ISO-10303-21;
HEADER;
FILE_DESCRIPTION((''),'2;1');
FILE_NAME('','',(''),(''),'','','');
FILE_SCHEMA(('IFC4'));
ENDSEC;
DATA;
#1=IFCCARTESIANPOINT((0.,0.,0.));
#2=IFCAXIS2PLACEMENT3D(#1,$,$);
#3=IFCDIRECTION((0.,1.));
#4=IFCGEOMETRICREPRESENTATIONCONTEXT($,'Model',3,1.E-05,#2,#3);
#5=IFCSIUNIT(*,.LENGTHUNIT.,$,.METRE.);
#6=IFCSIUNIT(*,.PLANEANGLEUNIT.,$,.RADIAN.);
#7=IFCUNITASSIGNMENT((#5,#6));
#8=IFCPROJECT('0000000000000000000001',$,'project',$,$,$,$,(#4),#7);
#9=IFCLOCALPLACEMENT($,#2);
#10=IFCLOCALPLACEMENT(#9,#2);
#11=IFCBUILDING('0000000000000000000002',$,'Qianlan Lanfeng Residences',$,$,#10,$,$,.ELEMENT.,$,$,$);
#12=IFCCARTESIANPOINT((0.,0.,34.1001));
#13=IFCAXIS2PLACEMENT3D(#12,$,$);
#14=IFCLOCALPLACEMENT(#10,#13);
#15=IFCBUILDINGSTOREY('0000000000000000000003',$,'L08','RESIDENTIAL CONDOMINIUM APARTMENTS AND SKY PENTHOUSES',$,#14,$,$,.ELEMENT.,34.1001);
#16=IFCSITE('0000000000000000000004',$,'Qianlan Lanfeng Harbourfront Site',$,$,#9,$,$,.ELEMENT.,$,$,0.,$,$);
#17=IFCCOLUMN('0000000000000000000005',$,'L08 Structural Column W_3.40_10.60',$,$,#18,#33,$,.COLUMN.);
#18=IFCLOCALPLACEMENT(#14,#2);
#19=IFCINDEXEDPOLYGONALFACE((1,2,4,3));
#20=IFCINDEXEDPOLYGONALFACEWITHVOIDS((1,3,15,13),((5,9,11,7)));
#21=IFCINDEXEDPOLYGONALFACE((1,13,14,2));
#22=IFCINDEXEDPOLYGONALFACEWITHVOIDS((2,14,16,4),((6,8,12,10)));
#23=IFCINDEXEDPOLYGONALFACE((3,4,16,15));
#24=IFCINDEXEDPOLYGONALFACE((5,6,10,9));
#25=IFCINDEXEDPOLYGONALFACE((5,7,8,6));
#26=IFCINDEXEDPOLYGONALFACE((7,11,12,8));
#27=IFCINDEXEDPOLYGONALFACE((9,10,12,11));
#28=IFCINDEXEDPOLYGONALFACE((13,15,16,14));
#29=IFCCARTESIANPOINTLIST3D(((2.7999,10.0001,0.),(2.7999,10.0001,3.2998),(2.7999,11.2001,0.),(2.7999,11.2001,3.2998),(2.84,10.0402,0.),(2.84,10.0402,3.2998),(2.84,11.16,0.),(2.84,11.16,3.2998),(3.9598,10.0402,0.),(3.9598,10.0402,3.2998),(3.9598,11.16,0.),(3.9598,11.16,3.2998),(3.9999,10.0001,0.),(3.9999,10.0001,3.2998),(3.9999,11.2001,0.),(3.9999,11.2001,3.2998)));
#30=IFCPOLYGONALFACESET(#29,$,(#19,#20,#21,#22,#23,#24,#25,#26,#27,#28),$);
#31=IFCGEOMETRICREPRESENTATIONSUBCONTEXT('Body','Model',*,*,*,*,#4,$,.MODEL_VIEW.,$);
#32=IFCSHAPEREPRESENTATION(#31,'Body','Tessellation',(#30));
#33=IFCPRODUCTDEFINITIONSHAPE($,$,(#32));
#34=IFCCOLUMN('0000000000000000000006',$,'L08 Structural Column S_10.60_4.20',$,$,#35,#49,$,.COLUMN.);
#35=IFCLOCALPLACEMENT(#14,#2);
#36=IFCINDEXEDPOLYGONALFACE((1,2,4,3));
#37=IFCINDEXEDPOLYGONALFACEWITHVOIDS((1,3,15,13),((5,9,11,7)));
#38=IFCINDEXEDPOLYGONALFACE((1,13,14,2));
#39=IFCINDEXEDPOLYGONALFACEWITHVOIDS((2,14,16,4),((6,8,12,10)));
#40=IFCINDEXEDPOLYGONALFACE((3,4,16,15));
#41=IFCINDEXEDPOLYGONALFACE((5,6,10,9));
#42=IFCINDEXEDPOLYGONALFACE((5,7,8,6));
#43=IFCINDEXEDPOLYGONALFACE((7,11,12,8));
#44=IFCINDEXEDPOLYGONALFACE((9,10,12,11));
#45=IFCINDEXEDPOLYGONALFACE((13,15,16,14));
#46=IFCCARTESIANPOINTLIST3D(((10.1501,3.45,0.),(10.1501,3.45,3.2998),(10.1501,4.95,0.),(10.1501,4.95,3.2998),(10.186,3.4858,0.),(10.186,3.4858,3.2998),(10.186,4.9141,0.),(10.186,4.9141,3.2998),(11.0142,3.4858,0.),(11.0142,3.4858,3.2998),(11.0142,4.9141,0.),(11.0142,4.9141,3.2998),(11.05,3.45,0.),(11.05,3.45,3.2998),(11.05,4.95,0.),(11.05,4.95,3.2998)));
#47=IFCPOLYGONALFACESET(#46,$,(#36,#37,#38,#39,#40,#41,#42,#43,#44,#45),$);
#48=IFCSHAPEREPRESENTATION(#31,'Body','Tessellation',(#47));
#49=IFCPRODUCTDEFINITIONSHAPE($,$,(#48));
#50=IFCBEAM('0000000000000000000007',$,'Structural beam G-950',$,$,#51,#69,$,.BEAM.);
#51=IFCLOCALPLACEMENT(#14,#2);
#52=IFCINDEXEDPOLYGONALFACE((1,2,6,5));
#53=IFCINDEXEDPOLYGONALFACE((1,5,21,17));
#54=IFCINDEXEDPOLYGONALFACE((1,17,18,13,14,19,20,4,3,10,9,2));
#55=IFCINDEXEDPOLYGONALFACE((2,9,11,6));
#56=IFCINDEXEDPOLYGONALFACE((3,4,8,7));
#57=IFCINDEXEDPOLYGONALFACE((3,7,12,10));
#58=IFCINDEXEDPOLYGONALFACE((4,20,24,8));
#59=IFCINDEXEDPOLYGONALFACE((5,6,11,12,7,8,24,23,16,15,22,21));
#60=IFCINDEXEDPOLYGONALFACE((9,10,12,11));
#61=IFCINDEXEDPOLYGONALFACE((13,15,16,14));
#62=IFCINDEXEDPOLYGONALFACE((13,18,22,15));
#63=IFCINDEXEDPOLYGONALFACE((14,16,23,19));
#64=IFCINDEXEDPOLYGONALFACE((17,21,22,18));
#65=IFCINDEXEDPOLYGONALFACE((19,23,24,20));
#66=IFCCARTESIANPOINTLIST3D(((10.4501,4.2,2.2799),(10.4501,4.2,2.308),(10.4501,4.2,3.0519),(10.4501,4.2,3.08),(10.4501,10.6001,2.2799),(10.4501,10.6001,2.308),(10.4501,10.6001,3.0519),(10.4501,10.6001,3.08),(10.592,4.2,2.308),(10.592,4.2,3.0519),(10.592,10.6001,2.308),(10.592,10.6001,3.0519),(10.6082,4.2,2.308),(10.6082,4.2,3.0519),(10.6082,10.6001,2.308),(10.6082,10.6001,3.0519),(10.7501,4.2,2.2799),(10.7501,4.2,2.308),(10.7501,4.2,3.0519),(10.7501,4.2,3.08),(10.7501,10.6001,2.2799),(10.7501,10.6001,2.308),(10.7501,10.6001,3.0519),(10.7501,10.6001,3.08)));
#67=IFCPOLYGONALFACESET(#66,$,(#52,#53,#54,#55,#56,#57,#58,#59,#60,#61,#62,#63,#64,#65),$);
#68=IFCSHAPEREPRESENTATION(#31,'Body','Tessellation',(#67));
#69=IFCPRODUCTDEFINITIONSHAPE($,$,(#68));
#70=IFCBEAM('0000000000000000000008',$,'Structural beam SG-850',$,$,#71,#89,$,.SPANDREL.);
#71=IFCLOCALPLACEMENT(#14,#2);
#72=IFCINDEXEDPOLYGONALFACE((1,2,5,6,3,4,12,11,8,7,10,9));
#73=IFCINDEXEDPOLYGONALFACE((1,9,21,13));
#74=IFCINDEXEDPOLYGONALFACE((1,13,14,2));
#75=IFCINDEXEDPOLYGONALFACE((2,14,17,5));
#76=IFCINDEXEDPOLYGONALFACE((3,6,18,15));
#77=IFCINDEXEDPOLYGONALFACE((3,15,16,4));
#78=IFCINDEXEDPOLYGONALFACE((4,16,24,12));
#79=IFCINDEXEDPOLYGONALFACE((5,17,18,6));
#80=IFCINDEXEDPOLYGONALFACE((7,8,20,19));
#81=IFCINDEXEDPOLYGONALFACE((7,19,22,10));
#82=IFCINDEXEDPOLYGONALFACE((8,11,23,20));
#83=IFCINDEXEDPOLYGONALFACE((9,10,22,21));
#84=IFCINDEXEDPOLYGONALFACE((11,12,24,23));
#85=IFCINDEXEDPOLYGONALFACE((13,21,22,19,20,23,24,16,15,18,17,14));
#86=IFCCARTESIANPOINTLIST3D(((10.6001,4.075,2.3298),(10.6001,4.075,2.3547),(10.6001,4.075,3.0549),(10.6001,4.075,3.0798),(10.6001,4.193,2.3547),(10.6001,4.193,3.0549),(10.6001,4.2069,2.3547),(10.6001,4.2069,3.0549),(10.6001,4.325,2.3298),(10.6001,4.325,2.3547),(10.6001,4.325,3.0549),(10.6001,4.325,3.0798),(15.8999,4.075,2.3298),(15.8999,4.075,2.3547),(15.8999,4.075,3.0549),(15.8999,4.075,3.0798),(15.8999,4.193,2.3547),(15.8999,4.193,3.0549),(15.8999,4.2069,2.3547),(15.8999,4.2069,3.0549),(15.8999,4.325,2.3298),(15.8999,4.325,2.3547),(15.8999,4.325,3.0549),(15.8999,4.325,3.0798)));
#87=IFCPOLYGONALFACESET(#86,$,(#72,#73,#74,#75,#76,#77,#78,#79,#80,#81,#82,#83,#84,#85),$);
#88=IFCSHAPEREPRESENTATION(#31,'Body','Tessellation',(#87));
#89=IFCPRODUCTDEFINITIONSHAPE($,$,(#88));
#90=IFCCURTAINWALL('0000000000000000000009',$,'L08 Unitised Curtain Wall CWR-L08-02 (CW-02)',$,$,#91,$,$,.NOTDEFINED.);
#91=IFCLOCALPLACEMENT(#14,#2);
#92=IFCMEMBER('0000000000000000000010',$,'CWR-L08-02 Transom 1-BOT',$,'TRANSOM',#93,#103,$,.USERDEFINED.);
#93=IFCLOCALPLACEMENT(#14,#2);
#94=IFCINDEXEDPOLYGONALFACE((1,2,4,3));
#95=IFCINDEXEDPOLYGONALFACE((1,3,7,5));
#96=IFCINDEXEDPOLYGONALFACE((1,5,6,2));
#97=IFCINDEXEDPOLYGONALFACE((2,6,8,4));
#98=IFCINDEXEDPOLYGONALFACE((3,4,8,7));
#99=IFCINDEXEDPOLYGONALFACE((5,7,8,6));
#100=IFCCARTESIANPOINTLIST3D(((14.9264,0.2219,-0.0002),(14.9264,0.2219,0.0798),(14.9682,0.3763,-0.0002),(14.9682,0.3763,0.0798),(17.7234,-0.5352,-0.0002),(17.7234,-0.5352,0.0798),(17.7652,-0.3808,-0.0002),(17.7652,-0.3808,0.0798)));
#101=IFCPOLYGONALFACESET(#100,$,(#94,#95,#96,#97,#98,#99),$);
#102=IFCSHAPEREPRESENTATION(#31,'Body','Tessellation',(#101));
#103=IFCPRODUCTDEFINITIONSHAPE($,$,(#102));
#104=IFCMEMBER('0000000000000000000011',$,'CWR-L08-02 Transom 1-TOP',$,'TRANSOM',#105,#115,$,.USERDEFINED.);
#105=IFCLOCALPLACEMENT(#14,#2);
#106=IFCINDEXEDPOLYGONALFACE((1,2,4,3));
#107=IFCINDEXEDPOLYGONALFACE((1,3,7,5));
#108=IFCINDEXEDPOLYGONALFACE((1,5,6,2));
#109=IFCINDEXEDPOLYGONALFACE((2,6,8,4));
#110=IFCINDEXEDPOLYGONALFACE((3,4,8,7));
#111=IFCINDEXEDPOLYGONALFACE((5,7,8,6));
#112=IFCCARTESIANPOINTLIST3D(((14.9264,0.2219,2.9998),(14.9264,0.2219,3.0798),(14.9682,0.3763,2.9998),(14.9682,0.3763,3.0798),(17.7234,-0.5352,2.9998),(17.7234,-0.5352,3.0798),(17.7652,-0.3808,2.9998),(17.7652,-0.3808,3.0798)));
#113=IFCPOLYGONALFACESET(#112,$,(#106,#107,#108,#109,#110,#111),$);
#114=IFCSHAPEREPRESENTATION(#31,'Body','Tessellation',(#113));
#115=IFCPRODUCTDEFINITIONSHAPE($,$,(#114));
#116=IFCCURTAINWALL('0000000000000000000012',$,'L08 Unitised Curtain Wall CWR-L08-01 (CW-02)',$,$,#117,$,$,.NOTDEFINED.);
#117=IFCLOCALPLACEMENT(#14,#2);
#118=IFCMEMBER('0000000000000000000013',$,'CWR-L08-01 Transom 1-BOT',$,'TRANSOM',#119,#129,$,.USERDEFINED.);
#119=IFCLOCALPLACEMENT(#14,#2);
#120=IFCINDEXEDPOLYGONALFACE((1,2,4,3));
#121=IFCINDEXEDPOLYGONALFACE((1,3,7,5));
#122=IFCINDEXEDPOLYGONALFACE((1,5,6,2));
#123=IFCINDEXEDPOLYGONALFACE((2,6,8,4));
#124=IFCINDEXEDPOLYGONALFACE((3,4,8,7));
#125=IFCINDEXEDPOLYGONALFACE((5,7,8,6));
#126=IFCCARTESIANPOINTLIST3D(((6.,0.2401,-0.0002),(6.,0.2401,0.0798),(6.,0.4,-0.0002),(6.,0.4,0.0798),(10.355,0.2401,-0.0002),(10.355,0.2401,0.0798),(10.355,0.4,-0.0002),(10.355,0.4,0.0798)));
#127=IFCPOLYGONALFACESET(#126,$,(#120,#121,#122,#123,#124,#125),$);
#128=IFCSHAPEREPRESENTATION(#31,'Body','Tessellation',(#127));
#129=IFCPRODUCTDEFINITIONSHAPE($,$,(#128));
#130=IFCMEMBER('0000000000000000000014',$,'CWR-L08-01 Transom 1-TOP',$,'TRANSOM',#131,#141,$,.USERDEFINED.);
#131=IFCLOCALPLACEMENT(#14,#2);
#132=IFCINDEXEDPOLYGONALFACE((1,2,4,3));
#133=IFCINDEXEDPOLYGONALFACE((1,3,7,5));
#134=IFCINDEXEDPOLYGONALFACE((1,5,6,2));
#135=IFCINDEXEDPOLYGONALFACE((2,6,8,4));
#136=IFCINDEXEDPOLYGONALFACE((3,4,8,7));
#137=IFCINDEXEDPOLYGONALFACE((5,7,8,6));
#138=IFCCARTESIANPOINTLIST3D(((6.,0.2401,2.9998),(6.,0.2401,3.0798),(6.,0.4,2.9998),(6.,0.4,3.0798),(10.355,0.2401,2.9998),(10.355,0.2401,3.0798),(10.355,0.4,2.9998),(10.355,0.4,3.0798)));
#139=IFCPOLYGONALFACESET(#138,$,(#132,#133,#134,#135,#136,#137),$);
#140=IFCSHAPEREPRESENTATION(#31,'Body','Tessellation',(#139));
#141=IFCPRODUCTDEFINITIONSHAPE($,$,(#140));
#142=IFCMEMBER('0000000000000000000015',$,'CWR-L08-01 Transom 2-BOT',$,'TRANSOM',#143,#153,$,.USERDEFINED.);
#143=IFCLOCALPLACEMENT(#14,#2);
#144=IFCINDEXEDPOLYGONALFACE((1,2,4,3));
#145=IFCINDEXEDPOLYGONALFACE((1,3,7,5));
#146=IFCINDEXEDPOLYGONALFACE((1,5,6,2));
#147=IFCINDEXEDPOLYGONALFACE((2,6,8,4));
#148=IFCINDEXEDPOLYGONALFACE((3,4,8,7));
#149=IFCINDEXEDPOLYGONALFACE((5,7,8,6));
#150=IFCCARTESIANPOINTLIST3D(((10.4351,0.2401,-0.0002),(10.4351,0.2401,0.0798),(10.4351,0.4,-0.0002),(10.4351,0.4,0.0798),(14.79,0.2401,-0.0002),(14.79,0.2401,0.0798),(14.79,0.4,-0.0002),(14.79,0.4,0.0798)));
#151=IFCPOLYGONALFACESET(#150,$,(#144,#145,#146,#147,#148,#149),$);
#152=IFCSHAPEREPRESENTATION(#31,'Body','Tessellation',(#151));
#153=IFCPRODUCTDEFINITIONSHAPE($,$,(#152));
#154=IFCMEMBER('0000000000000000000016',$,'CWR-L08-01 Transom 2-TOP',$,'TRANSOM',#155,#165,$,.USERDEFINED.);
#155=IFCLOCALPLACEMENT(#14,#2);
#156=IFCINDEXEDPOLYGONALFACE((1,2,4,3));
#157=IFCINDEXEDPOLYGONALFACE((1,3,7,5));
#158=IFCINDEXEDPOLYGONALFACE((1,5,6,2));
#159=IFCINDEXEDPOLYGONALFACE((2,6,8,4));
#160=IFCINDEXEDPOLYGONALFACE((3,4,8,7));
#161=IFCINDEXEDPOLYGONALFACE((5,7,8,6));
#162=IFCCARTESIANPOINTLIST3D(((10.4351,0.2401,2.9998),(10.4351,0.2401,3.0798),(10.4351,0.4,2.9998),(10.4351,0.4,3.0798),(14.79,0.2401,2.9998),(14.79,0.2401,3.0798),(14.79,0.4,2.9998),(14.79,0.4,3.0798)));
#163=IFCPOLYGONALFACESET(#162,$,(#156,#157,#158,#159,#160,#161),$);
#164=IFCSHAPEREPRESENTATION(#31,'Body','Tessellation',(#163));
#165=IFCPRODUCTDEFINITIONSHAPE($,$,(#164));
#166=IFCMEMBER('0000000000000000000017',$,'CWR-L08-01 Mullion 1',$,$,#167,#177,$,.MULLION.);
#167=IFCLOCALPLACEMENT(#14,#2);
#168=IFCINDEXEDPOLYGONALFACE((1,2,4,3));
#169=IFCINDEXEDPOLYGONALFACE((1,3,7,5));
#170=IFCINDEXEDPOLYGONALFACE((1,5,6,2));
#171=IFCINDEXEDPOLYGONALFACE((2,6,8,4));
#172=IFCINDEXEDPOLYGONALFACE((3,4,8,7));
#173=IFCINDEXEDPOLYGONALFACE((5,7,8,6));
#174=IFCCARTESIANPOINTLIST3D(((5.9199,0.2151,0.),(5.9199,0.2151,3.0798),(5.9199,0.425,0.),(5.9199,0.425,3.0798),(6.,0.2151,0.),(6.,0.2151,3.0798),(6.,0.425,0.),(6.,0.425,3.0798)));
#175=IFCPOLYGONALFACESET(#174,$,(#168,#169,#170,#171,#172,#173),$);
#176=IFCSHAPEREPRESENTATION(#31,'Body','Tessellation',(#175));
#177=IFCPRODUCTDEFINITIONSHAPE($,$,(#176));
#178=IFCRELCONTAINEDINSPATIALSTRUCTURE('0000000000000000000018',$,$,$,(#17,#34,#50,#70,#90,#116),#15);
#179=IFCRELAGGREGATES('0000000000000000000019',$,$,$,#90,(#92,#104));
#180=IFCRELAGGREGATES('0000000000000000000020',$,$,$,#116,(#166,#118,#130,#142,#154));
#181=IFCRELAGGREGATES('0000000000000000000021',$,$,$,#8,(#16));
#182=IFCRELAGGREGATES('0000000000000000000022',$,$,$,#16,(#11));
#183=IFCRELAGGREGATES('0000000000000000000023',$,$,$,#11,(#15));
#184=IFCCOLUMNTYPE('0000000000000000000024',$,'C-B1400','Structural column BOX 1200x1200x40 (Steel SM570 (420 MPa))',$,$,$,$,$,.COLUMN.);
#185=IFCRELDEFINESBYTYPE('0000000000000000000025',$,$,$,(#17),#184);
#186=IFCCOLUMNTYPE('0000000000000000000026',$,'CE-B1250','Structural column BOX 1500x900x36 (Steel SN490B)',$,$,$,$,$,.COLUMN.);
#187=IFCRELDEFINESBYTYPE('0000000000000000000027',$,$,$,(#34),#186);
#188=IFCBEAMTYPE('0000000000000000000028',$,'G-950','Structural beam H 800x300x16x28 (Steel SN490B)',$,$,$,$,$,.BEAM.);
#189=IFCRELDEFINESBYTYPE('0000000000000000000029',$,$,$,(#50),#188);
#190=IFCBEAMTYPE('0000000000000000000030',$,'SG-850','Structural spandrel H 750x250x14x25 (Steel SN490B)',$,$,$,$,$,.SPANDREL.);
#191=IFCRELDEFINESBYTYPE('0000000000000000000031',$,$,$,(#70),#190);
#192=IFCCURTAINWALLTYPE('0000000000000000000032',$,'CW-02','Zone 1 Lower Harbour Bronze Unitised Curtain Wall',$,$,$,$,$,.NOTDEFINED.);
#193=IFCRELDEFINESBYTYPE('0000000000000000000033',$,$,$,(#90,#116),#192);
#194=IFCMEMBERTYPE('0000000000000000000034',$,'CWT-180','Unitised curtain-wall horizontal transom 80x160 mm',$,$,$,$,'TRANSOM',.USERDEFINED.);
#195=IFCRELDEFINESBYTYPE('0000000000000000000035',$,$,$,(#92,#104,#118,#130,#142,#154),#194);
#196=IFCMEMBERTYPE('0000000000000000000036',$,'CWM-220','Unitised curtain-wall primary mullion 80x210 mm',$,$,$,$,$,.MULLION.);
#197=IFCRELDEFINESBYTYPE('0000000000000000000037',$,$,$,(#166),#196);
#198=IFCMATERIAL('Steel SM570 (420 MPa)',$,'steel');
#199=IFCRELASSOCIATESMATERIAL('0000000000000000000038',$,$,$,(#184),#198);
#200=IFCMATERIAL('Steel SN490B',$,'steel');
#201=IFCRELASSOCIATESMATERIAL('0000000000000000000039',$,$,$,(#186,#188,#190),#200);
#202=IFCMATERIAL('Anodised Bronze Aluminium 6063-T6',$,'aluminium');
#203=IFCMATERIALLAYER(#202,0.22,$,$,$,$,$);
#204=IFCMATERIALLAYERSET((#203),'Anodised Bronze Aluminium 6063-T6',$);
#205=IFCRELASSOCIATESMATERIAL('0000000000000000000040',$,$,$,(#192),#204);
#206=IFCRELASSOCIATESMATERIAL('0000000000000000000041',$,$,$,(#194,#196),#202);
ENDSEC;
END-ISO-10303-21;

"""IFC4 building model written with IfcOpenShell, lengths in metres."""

from ifc_helpers import new_model, si_unit, direction, frame, origin, origin_2d, place, context, subcontext, project, spatial, rectangle, hollow_rectangle, i_section, extrude, source, transform, mapped, material, layer, layer_set, material_profile, profile_set, type_object, element, aggregate, save


model = new_model("IFC4")

# Units and contexts
model_context = context("Model", 3, precision=1e-05, world=origin(), true_north=direction((0.0, 1.0)))
body_context = subcontext(model_context, "Body", "Model", "MODEL_VIEW")
ifc_project = project(units=[si_unit("LENGTHUNIT", "METRE"), si_unit("PLANEANGLEUNIT", "RADIAN")], contexts=[model_context])

# Site, building, storey
site_placement = place(None, origin())
site = spatial("IfcSite", under=ifc_project, at=site_placement, Name="Qianlan Lanfeng Harbourfront Site", CompositionType="ELEMENT", RefElevation=0.0)
building_placement = place(site_placement, origin())
building = spatial("IfcBuilding", under=site, at=building_placement, Name="Qianlan Lanfeng Residences", CompositionType="ELEMENT")
storey_placement = place(building_placement, frame((0.0, 0.0, 34.1001)))
storey = spatial("IfcBuildingStorey", under=building, at=storey_placement, Name="L08", Description="RESIDENTIAL CONDOMINIUM APARTMENTS AND SKY PENTHOUSES", CompositionType="ELEMENT", Elevation=34.1001)

# Columns
ifc_material_1 = material(Name="Steel SM570 (420 MPa)", Category="steel")
ifc_material_profile_1 = material_profile(ifc_material_1, hollow_rectangle(XDim=1.2, YDim=1.2, WallThickness=0.04, at=origin_2d()), Name="BOX 1200x1200x40")
ifc_profile_set_1 = profile_set([ifc_material_profile_1], Name="Steel SM570 (420 MPa)")
column_type_1 = type_object("IfcColumnType", Name="C-B1400", Description="Structural column BOX 1200x1200x40 (Steel SM570 (420 MPa))", PredefinedType="COLUMN", material=ifc_profile_set_1)
column_1_placement = place(storey_placement, frame((3.3999, 10.6001, 0.0), z_axis=(0.0, 0.0, 1.0), x_axis=(1.0, 0.0, 0.0)))
element("IfcColumn", 1, at=column_1_placement, inside=storey, type_object=column_type_1, Name="L08 Structural Column W_3.40_10.60", PredefinedType="COLUMN", context=body_context, shape_type="SweptSolid", body=[
    extrude(hollow_rectangle(XDim=1.2, YDim=1.2, WallThickness=0.04, at=origin_2d()), origin(), (0.0, 0.0, 1.0), 3.2998),
])
ifc_material_2 = material(Name="Steel SN490B", Category="steel")
ifc_material_profile_2 = material_profile(ifc_material_2, hollow_rectangle(XDim=0.8999, YDim=1.5, WallThickness=0.0359, at=origin_2d()), Name="BOX 1500x900x36")
ifc_profile_set_2 = profile_set([ifc_material_profile_2], Name="Steel SN490B")
column_type_2 = type_object("IfcColumnType", Name="CE-B1250", Description="Structural column BOX 1500x900x36 (Steel SN490B)", PredefinedType="COLUMN", material=ifc_profile_set_2)
column_2_placement = place(storey_placement, frame((10.6001, 4.2, 0.0), z_axis=(0.0, 0.0, 1.0), x_axis=(1.0, 0.0, 0.0)))
element("IfcColumn", 2, at=column_2_placement, inside=storey, type_object=column_type_2, Name="L08 Structural Column S_10.60_4.20", PredefinedType="COLUMN", context=body_context, shape_type="SweptSolid", body=[
    extrude(hollow_rectangle(XDim=0.8999, YDim=1.5, WallThickness=0.0359, at=origin_2d()), origin(), (0.0, 0.0, 1.0), 3.2998),
])

# Beams
ifc_material_profile_3 = material_profile(ifc_material_2, i_section(OverallWidth=0.3, OverallDepth=0.8, WebThickness=0.0161, FlangeThickness=0.0281, at=origin_2d()), Name="H 800x300x16x28")
ifc_profile_set_3 = profile_set([ifc_material_profile_3], Name="Steel SN490B")
beam_type_1 = type_object("IfcBeamType", Name="G-950", Description="Structural beam H 800x300x16x28 (Steel SN490B)", PredefinedType="BEAM", material=ifc_profile_set_3)
beam_1_placement = place(storey_placement, frame((10.6001, 4.2, 2.6799), z_axis=(0.0, 1.0, 0.0), x_axis=(-1.0, 0.0, 0.0)))
element("IfcBeam", 3, at=beam_1_placement, inside=storey, type_object=beam_type_1, Name="Structural beam G-950", PredefinedType="BEAM", context=body_context, shape_type="SweptSolid", body=[
    extrude(i_section(OverallWidth=0.3, OverallDepth=0.8, WebThickness=0.0161, FlangeThickness=0.0281, at=origin_2d()), origin(), (0.0, 0.0, 1.0), 6.4001),
])
ifc_material_profile_4 = material_profile(ifc_material_2, i_section(OverallWidth=0.25, OverallDepth=0.75, WebThickness=0.0139, FlangeThickness=0.0249, at=origin_2d()), Name="H 750x250x14x25")
ifc_profile_set_4 = profile_set([ifc_material_profile_4], Name="Steel SN490B")
beam_type_2 = type_object("IfcBeamType", Name="SG-850", Description="Structural spandrel H 750x250x14x25 (Steel SN490B)", PredefinedType="SPANDREL", material=ifc_profile_set_4)
beam_2_placement = place(storey_placement, frame((10.6001, 4.2, 2.7048), z_axis=(1.0, 0.0, 0.0), x_axis=(0.0, 1.0, 0.0)))
element("IfcBeam", 4, at=beam_2_placement, inside=storey, type_object=beam_type_2, Name="Structural beam SG-850", PredefinedType="SPANDREL", context=body_context, shape_type="SweptSolid", body=[
    extrude(i_section(OverallWidth=0.25, OverallDepth=0.75, WebThickness=0.0139, FlangeThickness=0.0249, at=origin_2d()), origin(), (0.0, 0.0, 1.0), 5.2998),
])

# Curtain walls, members
ifc_material_3 = material(Name="Anodised Bronze Aluminium 6063-T6", Category="aluminium")
ifc_layer_1 = layer(ifc_material_3, 0.22)
ifc_layer_set_1 = layer_set([ifc_layer_1], Name="Anodised Bronze Aluminium 6063-T6")
curtain_wall_type = type_object("IfcCurtainWallType", Name="CW-02", Description="Zone 1 Lower Harbour Bronze Unitised Curtain Wall", PredefinedType="NOTDEFINED", material=ifc_layer_set_1)
curtain_wall_1_placement = place(storey_placement, origin())
curtain_wall_1 = element("IfcCurtainWall", 5, at=curtain_wall_1_placement, inside=storey, type_object=curtain_wall_type, Name="L08 Unitised Curtain Wall CWR-L08-02 (CW-02)", PredefinedType="NOTDEFINED")
ifc_material_profile_5 = material_profile(ifc_material_3, rectangle(XDim=0.0801, YDim=0.1599, at=origin_2d()), Name="ALU TRANSOM 80x160")
ifc_profile_set_5 = profile_set([ifc_material_profile_5], Name="Anodised Bronze Aluminium 6063-T6")
member_type_1 = type_object("IfcMemberType", Name="CWT-180", Description="Unitised curtain-wall horizontal transom 80x160 mm", ElementType="TRANSOM", PredefinedType="USERDEFINED", material=ifc_profile_set_5)
shared_shape_1 = source(origin(), body_context, "Body", "SweptSolid", [
    extrude(rectangle(XDim=0.0801, YDim=0.1599, at=origin_2d()), origin(), (0.0, 0.0, 1.0), 2.8977),
])
member_1_placement = place(storey_placement, frame((14.9473, 0.2991, 0.0398), z_axis=(0.965268, -0.261263, 0.0), x_axis=(0.0, 0.0, 1.0)))
member_1 = element("IfcMember", 6, at=member_1_placement, type_object=member_type_1, Name="CWR-L08-02 Transom 1-BOT", ObjectType="TRANSOM", PredefinedType="USERDEFINED", context=body_context, shape_type="MappedRepresentation", body=[
    mapped(shared_shape_1, transform((0.0, 0.0, 0.0), scale=1.0)),
])
member_2_placement = place(storey_placement, frame((14.9473, 0.2991, 3.0398), z_axis=(0.965268, -0.261263, 0.0), x_axis=(0.0, 0.0, 1.0)))
member_2 = element("IfcMember", 7, at=member_2_placement, type_object=member_type_1, Name="CWR-L08-02 Transom 1-TOP", ObjectType="TRANSOM", PredefinedType="USERDEFINED", context=body_context, shape_type="MappedRepresentation", body=[
    mapped(shared_shape_1, transform((0.0, 0.0, 0.0), scale=1.0)),
])
curtain_wall_2_placement = place(storey_placement, origin())
curtain_wall_2 = element("IfcCurtainWall", 8, at=curtain_wall_2_placement, inside=storey, type_object=curtain_wall_type, Name="L08 Unitised Curtain Wall CWR-L08-01 (CW-02)", PredefinedType="NOTDEFINED")
shared_shape_2 = source(origin(), body_context, "Body", "SweptSolid", [
    extrude(rectangle(XDim=0.0801, YDim=0.1599, at=origin_2d()), origin(), (0.0, 0.0, 1.0), 4.355),
])
member_3_placement = place(storey_placement, frame((6.0, 0.3201, 0.0398), z_axis=(1.0, 0.0, 0.0), x_axis=(0.0, 0.0, 1.0)))
member_3 = element("IfcMember", 9, at=member_3_placement, type_object=member_type_1, Name="CWR-L08-01 Transom 1-BOT", ObjectType="TRANSOM", PredefinedType="USERDEFINED", context=body_context, shape_type="MappedRepresentation", body=[
    mapped(shared_shape_2, transform((0.0, 0.0, 0.0), scale=1.0)),
])
member_4_placement = place(storey_placement, frame((6.0, 0.3201, 3.0398), z_axis=(1.0, 0.0, 0.0), x_axis=(0.0, 0.0, 1.0)))
member_4 = element("IfcMember", 10, at=member_4_placement, type_object=member_type_1, Name="CWR-L08-01 Transom 1-TOP", ObjectType="TRANSOM", PredefinedType="USERDEFINED", context=body_context, shape_type="MappedRepresentation", body=[
    mapped(shared_shape_2, transform((0.0, 0.0, 0.0), scale=1.0)),
])
member_5_placement = place(storey_placement, frame((10.4351, 0.3201, 0.0398), z_axis=(1.0, 0.0, 0.0), x_axis=(0.0, 0.0, 1.0)))
member_5 = element("IfcMember", 11, at=member_5_placement, type_object=member_type_1, Name="CWR-L08-01 Transom 2-BOT", ObjectType="TRANSOM", PredefinedType="USERDEFINED", context=body_context, shape_type="MappedRepresentation", body=[
    mapped(shared_shape_2, transform((0.0, 0.0, 0.0), scale=1.0)),
])
member_6_placement = place(storey_placement, frame((10.4351, 0.3201, 3.0398), z_axis=(1.0, 0.0, 0.0), x_axis=(0.0, 0.0, 1.0)))
member_6 = element("IfcMember", 12, at=member_6_placement, type_object=member_type_1, Name="CWR-L08-01 Transom 2-TOP", ObjectType="TRANSOM", PredefinedType="USERDEFINED", context=body_context, shape_type="MappedRepresentation", body=[
    mapped(shared_shape_2, transform((0.0, 0.0, 0.0), scale=1.0)),
])
ifc_material_profile_6 = material_profile(ifc_material_3, rectangle(XDim=0.0801, YDim=0.21, at=origin_2d()), Name="ALU MULLION 80x210")
ifc_profile_set_6 = profile_set([ifc_material_profile_6], Name="Anodised Bronze Aluminium 6063-T6")
member_type_2 = type_object("IfcMemberType", Name="CWM-220", Description="Unitised curtain-wall primary mullion 80x210 mm", PredefinedType="MULLION", material=ifc_profile_set_6)
shared_shape_3 = source(origin(), body_context, "Body", "SweptSolid", [
    extrude(rectangle(XDim=0.0801, YDim=0.21, at=origin_2d()), origin(), (0.0, 0.0, 1.0), 3.0798),
])
member_7_placement = place(storey_placement, frame((5.96, 0.3201, 0.0), z_axis=(0.0, 0.0, 1.0), x_axis=(1.0, 0.0, 0.0)))
member_7 = element("IfcMember", 13, at=member_7_placement, type_object=member_type_2, Name="CWR-L08-01 Mullion 1", PredefinedType="MULLION", context=body_context, shape_type="MappedRepresentation", body=[
    mapped(shared_shape_3, transform((0.0, 0.0, 0.0), scale=1.0)),
])

aggregate(curtain_wall_1, [member_1, member_2])

aggregate(curtain_wall_2, [member_7, member_3, member_4, member_5, member_6])

save(model, "model.ifc")
